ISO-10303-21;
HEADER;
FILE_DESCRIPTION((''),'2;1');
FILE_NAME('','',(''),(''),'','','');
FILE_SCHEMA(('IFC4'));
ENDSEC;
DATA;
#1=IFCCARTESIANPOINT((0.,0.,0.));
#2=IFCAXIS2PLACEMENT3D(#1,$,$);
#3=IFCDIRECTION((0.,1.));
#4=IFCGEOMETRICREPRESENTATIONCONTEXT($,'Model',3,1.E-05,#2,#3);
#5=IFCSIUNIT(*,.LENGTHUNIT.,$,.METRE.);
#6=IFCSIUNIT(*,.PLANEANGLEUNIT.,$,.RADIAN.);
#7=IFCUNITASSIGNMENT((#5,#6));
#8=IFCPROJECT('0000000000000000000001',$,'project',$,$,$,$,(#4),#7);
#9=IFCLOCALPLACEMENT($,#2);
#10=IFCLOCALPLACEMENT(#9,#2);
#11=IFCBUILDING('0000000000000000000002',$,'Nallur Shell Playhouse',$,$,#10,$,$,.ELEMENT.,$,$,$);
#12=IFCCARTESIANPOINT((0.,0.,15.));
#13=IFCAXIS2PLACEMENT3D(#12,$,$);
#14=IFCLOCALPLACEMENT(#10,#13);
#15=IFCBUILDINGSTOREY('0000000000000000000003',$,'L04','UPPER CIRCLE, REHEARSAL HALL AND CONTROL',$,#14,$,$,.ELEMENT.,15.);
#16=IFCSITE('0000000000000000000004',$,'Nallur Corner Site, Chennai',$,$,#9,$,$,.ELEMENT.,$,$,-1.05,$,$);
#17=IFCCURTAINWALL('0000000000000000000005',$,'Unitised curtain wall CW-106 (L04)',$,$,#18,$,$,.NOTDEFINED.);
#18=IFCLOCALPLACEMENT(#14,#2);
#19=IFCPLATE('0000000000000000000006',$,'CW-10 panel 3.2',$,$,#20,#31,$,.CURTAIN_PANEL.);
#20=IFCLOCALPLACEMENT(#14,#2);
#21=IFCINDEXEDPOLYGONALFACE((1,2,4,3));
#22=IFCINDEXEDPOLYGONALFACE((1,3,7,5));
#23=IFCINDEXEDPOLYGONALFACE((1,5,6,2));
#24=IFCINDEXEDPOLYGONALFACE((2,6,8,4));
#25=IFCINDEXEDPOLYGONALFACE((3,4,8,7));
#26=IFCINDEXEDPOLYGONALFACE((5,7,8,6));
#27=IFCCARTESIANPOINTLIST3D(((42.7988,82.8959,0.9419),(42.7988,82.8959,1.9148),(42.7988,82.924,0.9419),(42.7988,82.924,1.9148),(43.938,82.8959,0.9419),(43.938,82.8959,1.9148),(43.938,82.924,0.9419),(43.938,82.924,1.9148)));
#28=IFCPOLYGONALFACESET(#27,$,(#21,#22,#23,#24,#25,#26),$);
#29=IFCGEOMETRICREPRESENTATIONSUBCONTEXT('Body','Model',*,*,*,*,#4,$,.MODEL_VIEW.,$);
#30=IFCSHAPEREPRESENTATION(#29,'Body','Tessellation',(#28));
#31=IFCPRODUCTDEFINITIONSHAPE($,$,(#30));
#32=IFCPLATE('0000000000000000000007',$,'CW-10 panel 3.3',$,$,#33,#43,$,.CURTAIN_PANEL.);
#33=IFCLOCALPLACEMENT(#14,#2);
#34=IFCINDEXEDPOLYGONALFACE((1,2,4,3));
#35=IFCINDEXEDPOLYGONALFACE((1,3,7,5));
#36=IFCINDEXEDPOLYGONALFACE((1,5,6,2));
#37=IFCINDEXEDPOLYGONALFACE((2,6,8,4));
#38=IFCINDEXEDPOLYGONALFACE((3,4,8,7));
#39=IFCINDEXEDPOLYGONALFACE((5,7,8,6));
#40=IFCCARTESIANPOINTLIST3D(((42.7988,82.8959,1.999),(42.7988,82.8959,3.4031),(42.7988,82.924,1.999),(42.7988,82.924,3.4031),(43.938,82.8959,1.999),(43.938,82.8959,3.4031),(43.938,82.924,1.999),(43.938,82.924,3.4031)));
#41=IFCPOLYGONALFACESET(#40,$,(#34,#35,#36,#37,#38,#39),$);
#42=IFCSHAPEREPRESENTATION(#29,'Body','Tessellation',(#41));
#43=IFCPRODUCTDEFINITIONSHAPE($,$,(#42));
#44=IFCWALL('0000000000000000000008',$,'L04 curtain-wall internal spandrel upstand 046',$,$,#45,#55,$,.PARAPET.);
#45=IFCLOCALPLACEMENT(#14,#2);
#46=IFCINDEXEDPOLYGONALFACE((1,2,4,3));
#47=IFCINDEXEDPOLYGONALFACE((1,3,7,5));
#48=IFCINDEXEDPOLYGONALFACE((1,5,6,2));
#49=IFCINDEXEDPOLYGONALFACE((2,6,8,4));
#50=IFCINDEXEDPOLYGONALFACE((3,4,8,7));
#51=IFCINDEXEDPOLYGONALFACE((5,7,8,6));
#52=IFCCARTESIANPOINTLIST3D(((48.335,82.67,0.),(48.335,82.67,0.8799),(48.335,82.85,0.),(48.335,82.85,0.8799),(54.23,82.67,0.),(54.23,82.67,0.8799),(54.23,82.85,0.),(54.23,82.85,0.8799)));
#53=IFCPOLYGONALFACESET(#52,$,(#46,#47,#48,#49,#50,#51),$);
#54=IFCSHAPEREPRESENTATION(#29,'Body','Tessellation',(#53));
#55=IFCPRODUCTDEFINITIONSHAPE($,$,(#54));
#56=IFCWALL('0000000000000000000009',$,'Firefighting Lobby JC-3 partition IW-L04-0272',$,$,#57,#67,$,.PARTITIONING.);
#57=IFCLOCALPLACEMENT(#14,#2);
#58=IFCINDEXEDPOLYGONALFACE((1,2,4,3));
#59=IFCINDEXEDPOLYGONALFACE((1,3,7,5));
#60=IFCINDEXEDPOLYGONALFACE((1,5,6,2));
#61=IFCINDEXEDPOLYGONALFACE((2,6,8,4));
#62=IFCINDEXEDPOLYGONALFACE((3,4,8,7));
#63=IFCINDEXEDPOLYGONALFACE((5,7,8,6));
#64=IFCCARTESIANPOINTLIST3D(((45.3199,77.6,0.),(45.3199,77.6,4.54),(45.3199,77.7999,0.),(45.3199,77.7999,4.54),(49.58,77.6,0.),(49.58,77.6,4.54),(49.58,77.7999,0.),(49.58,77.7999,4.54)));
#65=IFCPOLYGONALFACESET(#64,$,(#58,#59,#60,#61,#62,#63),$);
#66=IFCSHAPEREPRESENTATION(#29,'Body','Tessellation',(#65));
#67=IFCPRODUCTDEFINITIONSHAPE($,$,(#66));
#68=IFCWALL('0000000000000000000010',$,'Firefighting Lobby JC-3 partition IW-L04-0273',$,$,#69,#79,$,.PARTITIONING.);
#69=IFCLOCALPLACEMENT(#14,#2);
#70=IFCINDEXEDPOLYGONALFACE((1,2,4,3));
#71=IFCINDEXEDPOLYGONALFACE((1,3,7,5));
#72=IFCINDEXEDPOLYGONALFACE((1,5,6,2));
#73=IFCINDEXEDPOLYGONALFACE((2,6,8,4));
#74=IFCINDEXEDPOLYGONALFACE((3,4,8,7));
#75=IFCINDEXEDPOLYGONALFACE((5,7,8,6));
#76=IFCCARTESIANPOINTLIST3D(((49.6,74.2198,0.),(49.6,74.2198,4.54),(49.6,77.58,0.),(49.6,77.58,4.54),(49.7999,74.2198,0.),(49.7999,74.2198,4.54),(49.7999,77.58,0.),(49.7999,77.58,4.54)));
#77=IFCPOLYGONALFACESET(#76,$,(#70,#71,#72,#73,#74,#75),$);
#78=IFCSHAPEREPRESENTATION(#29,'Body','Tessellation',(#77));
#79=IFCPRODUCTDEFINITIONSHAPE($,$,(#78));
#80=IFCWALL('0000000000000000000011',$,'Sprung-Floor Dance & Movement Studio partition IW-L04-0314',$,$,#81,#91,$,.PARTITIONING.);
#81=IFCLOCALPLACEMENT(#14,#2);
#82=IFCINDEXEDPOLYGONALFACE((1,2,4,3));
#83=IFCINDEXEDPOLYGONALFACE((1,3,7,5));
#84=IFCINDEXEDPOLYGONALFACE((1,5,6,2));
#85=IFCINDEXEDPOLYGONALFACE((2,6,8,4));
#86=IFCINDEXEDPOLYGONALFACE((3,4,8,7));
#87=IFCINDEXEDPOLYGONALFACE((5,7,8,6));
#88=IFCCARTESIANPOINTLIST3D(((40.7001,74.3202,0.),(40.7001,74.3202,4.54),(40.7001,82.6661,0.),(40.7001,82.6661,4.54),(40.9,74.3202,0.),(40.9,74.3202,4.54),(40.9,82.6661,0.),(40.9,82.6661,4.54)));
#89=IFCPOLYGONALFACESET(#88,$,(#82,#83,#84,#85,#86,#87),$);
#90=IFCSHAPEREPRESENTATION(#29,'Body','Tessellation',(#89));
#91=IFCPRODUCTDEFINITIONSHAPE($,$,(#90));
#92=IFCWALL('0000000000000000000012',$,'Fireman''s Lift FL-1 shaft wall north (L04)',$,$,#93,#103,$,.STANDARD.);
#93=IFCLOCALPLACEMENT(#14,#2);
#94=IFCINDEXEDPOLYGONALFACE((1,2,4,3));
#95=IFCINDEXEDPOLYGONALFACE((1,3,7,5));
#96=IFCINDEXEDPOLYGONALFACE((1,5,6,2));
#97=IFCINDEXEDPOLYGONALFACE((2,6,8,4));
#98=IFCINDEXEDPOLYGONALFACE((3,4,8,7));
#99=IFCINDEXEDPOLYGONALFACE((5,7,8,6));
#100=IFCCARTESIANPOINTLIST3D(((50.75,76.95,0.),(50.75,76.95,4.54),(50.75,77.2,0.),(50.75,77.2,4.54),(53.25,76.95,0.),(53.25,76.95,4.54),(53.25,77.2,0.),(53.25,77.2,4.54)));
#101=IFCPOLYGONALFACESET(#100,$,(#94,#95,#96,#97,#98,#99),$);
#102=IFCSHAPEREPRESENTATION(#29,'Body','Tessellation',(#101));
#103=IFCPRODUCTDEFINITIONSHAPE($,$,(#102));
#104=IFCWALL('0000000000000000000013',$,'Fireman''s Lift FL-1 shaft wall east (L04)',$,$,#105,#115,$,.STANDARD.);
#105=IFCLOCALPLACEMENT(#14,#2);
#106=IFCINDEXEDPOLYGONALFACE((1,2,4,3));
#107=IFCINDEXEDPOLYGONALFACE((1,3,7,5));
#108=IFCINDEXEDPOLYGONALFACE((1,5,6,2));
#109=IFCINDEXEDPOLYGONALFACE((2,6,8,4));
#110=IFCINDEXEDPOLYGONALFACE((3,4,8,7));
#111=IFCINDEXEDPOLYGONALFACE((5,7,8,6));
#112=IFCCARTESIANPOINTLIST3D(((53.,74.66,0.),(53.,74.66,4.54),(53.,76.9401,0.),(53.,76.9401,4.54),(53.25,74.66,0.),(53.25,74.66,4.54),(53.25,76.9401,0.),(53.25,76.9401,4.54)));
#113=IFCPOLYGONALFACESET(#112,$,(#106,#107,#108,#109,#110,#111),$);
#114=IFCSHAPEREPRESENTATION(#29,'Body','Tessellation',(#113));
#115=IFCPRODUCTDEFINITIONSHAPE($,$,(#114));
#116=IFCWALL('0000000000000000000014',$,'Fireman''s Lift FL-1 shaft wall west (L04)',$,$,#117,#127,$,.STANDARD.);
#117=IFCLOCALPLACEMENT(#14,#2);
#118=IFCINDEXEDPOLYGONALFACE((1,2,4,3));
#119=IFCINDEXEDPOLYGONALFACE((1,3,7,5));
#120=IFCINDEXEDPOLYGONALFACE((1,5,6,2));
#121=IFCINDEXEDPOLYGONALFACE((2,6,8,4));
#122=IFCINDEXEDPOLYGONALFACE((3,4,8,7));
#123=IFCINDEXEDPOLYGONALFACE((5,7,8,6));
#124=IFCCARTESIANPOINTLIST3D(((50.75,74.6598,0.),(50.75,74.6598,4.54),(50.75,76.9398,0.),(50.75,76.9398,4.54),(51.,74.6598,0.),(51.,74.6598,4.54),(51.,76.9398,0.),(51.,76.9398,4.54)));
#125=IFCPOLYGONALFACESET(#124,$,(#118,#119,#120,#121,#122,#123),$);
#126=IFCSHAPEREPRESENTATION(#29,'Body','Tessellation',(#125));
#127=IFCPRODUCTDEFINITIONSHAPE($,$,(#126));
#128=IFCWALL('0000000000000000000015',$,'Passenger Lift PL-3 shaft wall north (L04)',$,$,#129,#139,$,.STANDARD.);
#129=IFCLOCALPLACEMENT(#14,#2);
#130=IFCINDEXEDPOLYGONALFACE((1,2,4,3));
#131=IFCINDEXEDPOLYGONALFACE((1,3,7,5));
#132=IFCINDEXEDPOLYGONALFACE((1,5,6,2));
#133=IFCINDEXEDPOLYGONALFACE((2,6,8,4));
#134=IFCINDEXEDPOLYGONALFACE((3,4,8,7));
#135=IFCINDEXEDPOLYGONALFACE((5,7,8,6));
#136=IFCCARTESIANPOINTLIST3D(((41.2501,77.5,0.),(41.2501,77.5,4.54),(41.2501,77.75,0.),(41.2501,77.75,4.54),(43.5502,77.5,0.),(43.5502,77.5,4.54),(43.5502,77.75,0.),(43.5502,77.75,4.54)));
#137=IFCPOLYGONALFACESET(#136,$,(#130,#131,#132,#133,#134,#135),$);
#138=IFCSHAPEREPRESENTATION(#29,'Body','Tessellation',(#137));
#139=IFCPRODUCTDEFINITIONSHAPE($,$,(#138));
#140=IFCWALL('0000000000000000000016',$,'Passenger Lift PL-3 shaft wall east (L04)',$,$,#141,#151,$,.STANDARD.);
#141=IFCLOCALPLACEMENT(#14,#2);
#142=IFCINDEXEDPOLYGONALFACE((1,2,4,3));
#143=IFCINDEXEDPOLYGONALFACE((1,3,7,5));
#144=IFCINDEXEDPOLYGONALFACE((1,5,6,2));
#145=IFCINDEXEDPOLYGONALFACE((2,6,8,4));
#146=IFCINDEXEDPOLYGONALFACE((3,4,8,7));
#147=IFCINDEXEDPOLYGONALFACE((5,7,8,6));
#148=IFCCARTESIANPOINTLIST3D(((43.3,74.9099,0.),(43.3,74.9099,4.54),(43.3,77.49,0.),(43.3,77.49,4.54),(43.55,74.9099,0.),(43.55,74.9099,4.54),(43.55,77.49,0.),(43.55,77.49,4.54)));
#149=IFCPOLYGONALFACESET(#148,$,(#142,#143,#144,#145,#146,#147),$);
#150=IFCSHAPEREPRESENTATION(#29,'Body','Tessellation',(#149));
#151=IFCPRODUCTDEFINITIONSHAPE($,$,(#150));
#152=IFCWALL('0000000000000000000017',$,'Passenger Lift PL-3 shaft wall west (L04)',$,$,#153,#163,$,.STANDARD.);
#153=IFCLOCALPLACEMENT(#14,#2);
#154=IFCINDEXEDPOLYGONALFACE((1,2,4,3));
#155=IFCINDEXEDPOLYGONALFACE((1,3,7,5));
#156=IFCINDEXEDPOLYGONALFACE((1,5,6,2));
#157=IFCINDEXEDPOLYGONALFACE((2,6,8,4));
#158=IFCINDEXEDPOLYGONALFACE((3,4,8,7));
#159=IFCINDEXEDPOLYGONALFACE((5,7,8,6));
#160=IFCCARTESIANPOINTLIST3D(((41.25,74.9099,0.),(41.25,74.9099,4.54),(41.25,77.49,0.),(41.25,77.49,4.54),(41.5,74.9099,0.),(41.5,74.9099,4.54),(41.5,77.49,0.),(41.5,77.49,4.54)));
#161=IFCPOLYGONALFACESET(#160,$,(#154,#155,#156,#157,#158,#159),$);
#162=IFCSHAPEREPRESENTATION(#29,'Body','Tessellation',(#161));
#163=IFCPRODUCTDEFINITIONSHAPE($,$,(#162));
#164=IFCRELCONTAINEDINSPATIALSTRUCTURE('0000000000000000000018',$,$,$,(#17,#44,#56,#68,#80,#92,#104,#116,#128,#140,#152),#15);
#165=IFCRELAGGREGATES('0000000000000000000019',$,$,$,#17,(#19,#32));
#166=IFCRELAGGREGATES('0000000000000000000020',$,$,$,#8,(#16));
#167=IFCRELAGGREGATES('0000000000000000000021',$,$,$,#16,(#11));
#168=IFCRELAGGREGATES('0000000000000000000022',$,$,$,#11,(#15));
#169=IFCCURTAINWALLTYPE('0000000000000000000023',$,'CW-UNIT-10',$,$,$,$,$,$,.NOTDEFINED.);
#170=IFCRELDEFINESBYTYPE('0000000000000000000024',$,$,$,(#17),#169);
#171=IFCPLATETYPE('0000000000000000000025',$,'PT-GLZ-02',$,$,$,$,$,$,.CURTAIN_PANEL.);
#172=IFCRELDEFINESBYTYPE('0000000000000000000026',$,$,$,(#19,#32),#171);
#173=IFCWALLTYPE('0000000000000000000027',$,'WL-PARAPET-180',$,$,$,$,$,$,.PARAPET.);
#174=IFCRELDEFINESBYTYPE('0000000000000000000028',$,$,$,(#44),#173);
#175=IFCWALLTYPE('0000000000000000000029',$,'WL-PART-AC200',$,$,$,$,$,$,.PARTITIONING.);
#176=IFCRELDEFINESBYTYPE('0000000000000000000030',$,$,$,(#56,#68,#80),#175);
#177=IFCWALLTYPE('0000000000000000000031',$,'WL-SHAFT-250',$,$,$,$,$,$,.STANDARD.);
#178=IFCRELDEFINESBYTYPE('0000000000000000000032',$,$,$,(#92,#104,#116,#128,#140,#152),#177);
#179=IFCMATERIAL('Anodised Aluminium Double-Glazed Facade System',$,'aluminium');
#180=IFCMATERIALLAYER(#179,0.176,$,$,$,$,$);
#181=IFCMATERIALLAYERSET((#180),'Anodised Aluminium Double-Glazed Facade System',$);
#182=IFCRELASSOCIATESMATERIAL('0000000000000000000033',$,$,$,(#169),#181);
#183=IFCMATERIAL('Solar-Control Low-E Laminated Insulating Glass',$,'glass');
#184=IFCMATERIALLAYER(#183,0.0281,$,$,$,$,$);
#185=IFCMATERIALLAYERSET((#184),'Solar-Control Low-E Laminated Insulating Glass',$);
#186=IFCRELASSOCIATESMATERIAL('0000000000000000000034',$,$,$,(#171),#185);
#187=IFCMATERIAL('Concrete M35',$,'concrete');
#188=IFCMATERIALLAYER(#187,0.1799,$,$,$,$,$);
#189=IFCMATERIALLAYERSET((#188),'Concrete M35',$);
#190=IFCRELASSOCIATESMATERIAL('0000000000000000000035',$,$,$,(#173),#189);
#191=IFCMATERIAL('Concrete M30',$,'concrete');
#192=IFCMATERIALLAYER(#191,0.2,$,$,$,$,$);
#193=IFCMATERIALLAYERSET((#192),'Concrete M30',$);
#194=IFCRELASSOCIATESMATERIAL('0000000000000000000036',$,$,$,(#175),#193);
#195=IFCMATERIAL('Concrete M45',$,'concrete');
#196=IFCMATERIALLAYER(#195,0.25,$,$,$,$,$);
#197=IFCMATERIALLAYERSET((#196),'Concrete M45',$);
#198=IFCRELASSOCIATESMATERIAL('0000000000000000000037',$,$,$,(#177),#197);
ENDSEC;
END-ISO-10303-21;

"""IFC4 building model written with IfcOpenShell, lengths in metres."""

from ifc_helpers import new_model, si_unit, direction, frame, frame_2d, origin, origin_2d, place, context, subcontext, project, spatial, rectangle, extrude, material, layer, layer_set, type_object, element, aggregate, save


model = new_model("IFC4")

# Units and contexts
model_context = context("Model", 3, precision=1e-05, world=origin(), true_north=direction((0.0, 1.0)))
body_context = subcontext(model_context, "Body", "Model", "MODEL_VIEW")
ifc_project = project(units=[si_unit("LENGTHUNIT", "METRE"), si_unit("PLANEANGLEUNIT", "RADIAN")], contexts=[model_context])

# Site, building, storey
site_placement = place(None, origin())
site = spatial("IfcSite", under=ifc_project, at=site_placement, Name="Nallur Corner Site, Chennai", CompositionType="ELEMENT", RefElevation=-1.05)
building_placement = place(site_placement, origin())
building = spatial("IfcBuilding", under=site, at=building_placement, Name="Nallur Shell Playhouse", CompositionType="ELEMENT")
storey_placement = place(building_placement, frame((0.0, 0.0, 15.0)))
storey = spatial("IfcBuildingStorey", under=building, at=storey_placement, Name="L04", Description="UPPER CIRCLE, REHEARSAL HALL AND CONTROL", CompositionType="ELEMENT", Elevation=15.0)

# Shared definitions
ifc_material_1 = material(Name="Anodised Aluminium Double-Glazed Facade System", Category="aluminium")

# Curtain wall
ifc_layer_1 = layer(ifc_material_1, 0.176)
ifc_layer_set_1 = layer_set([ifc_layer_1], Name="Anodised Aluminium Double-Glazed Facade System")
curtain_wall_type_1 = type_object("IfcCurtainWallType", Name="CW-UNIT-10", PredefinedType="NOTDEFINED", material=ifc_layer_set_1)
curtain_wall_1_placement = place(storey_placement, origin())
curtain_wall_1 = element("IfcCurtainWall", 1, at=curtain_wall_1_placement, inside=storey, type_object=curtain_wall_type_1, Name="Unitised curtain wall CW-106 (L04)", PredefinedType="NOTDEFINED")

# Plates
ifc_material_2 = material(Name="Solar-Control Low-E Laminated Insulating Glass", Category="glass")
ifc_layer_2 = layer(ifc_material_2, 0.0281)
ifc_layer_set_2 = layer_set([ifc_layer_2], Name="Solar-Control Low-E Laminated Insulating Glass")
plate_type = type_object("IfcPlateType", Name="PT-GLZ-02", PredefinedType="CURTAIN_PANEL", material=ifc_layer_set_2)
plate_1_placement = place(storey_placement, frame((43.3684, 82.9099, 0.9419), z_axis=(0.0, 0.0, 1.0), x_axis=(1.0, 0.0, 0.0)))
plate_1 = element("IfcPlate", 2, at=plate_1_placement, type_object=plate_type, Name="CW-10 panel 3.2", PredefinedType="CURTAIN_PANEL", context=body_context, shape_type="SweptSolid", body=[
    extrude(rectangle(XDim=1.1392, YDim=0.0281, at=origin_2d()), origin(), (0.0, 0.0, 1.0), 0.9729),
])
plate_2_placement = place(storey_placement, frame((43.3684, 82.9099, 1.999), z_axis=(0.0, 0.0, 1.0), x_axis=(1.0, 0.0, 0.0)))
plate_2 = element("IfcPlate", 3, at=plate_2_placement, type_object=plate_type, Name="CW-10 panel 3.3", PredefinedType="CURTAIN_PANEL", context=body_context, shape_type="SweptSolid", body=[
    extrude(rectangle(XDim=1.1392, YDim=0.0281, at=origin_2d()), origin(), (0.0, 0.0, 1.0), 1.4041),
])
aggregate(curtain_wall_1, [plate_1, plate_2])

# Walls
ifc_material_3 = material(Name="Concrete M35", Category="concrete")
ifc_layer_3 = layer(ifc_material_3, 0.1799)
ifc_layer_set_3 = layer_set([ifc_layer_3], Name="Concrete M35")
wall_type_1 = type_object("IfcWallType", Name="WL-PARAPET-180", PredefinedType="PARAPET", material=ifc_layer_set_3)
wall_1_placement = place(storey_placement, frame((48.335, 82.76, 0.0), z_axis=(0.0, 0.0, 1.0), x_axis=(1.0, 0.0, 0.0)))
element("IfcWall", 4, at=wall_1_placement, inside=storey, type_object=wall_type_1, Name="L04 curtain-wall internal spandrel upstand 046", PredefinedType="PARAPET", context=body_context, shape_type="SweptSolid", body=[
    extrude(rectangle(XDim=5.895, YDim=0.1799, at=frame_2d((2.9475, 0.0))), origin(), (0.0, 0.0, 1.0), 0.8799),
])
ifc_material_4 = material(Name="Concrete M30", Category="concrete")
ifc_layer_4 = layer(ifc_material_4, 0.2)
ifc_layer_set_4 = layer_set([ifc_layer_4], Name="Concrete M30")
wall_type_2 = type_object("IfcWallType", Name="WL-PART-AC200", PredefinedType="PARTITIONING", material=ifc_layer_set_4)
wall_2_placement = place(storey_placement, frame((45.3201, 77.7, 0.0), z_axis=(0.0, 0.0, 1.0), x_axis=(1.0, 0.0, 0.0)))
element("IfcWall", 5, at=wall_2_placement, inside=storey, type_object=wall_type_2, Name="Firefighting Lobby JC-3 partition IW-L04-0272", PredefinedType="PARTITIONING", context=body_context, shape_type="SweptSolid", body=[
    extrude(rectangle(XDim=4.26, YDim=0.2, at=frame_2d((2.1299, 0.0))), origin(), (0.0, 0.0, 1.0), 4.54),
])
wall_3_placement = place(storey_placement, frame((49.7, 77.5801, 0.0), z_axis=(0.0, 0.0, 1.0), x_axis=(0.0, -1.0, 0.0)))
element("IfcWall", 6, at=wall_3_placement, inside=storey, type_object=wall_type_2, Name="Firefighting Lobby JC-3 partition IW-L04-0273", PredefinedType="PARTITIONING", context=body_context, shape_type="SweptSolid", body=[
    extrude(rectangle(XDim=3.3601, YDim=0.2, at=frame_2d((1.6802, 0.0))), origin(), (0.0, 0.0, 1.0), 4.54),
])
wall_4_placement = place(storey_placement, frame((40.8, 82.666, 0.0), z_axis=(0.0, 0.0, 1.0), x_axis=(0.0, -1.0, 0.0)))
element("IfcWall", 7, at=wall_4_placement, inside=storey, type_object=wall_type_2, Name="Sprung-Floor Dance & Movement Studio partition IW-L04-0314", PredefinedType="PARTITIONING", context=body_context, shape_type="SweptSolid", body=[
    extrude(rectangle(XDim=8.3459, YDim=0.2, at=frame_2d((4.1729, 0.0))), origin(), (0.0, 0.0, 1.0), 4.54),
])
ifc_material_5 = material(Name="Concrete M45", Category="concrete")
ifc_layer_5 = layer(ifc_material_5, 0.25)
ifc_layer_set_5 = layer_set([ifc_layer_5], Name="Concrete M45")
wall_type_3 = type_object("IfcWallType", Name="WL-SHAFT-250", PredefinedType="STANDARD", material=ifc_layer_set_5)
wall_5_placement = place(storey_placement, frame((53.25, 77.075, 0.0), z_axis=(0.0, 0.0, 1.0), x_axis=(-1.0, 0.0, 0.0)))
element("IfcWall", 8, at=wall_5_placement, inside=storey, type_object=wall_type_3, Name="Fireman's Lift FL-1 shaft wall north (L04)", PredefinedType="STANDARD", context=body_context, shape_type="SweptSolid", body=[
    extrude(rectangle(XDim=2.5, YDim=0.25, at=frame_2d((1.25, 0.0))), origin(), (0.0, 0.0, 1.0), 4.54),
])
for number, where, z_axis, x_axis, name in (
    (9, (53.125, 74.6599, 0.0), (0.0, 0.0, 1.0), (0.0, 1.0, 0.0), "Fireman's Lift FL-1 shaft wall east (L04)"),
    (10, (50.875, 76.9399, 0.0), (0.0, 0.0, 1.0), (0.0, -1.0, 0.0), "Fireman's Lift FL-1 shaft wall west (L04)"),
):
    element("IfcWall", number, at=place(storey_placement, frame(where, z_axis=z_axis, x_axis=x_axis)), inside=storey, type_object=wall_type_3, Name=name, PredefinedType="STANDARD", context=body_context, shape_type="SweptSolid", body=[
        extrude(rectangle(XDim=2.28, YDim=0.25, at=frame_2d((1.1401, 0.0))), origin(), (0.0, 0.0, 1.0), 4.54),
    ])

# Walls
wall_6_placement = place(storey_placement, frame((43.55, 77.625, 0.0), z_axis=(0.0, 0.0, 1.0), x_axis=(-1.0, 0.0, 0.0)))
element("IfcWall", 11, at=wall_6_placement, inside=storey, type_object=wall_type_3, Name="Passenger Lift PL-3 shaft wall north (L04)", PredefinedType="STANDARD", context=body_context, shape_type="SweptSolid", body=[
    extrude(rectangle(XDim=2.3, YDim=0.25, at=frame_2d((1.1499, 0.0))), origin(), (0.0, 0.0, 1.0), 4.54),
])
for number, where, z_axis, x_axis, name in (
    (12, (43.425, 74.9099, 0.0), (0.0, 0.0, 1.0), (0.0, 1.0, 0.0), "Passenger Lift PL-3 shaft wall east (L04)"),
    (13, (41.375, 77.49, 0.0), (0.0, 0.0, 1.0), (0.0, -1.0, 0.0), "Passenger Lift PL-3 shaft wall west (L04)"),
):
    element("IfcWall", number, at=place(storey_placement, frame(where, z_axis=z_axis, x_axis=x_axis)), inside=storey, type_object=wall_type_3, Name=name, PredefinedType="STANDARD", context=body_context, shape_type="SweptSolid", body=[
        extrude(rectangle(XDim=2.5801, YDim=0.25, at=frame_2d((1.29, 0.0))), origin(), (0.0, 0.0, 1.0), 4.54),
    ])

save(model, "model.ifc")
